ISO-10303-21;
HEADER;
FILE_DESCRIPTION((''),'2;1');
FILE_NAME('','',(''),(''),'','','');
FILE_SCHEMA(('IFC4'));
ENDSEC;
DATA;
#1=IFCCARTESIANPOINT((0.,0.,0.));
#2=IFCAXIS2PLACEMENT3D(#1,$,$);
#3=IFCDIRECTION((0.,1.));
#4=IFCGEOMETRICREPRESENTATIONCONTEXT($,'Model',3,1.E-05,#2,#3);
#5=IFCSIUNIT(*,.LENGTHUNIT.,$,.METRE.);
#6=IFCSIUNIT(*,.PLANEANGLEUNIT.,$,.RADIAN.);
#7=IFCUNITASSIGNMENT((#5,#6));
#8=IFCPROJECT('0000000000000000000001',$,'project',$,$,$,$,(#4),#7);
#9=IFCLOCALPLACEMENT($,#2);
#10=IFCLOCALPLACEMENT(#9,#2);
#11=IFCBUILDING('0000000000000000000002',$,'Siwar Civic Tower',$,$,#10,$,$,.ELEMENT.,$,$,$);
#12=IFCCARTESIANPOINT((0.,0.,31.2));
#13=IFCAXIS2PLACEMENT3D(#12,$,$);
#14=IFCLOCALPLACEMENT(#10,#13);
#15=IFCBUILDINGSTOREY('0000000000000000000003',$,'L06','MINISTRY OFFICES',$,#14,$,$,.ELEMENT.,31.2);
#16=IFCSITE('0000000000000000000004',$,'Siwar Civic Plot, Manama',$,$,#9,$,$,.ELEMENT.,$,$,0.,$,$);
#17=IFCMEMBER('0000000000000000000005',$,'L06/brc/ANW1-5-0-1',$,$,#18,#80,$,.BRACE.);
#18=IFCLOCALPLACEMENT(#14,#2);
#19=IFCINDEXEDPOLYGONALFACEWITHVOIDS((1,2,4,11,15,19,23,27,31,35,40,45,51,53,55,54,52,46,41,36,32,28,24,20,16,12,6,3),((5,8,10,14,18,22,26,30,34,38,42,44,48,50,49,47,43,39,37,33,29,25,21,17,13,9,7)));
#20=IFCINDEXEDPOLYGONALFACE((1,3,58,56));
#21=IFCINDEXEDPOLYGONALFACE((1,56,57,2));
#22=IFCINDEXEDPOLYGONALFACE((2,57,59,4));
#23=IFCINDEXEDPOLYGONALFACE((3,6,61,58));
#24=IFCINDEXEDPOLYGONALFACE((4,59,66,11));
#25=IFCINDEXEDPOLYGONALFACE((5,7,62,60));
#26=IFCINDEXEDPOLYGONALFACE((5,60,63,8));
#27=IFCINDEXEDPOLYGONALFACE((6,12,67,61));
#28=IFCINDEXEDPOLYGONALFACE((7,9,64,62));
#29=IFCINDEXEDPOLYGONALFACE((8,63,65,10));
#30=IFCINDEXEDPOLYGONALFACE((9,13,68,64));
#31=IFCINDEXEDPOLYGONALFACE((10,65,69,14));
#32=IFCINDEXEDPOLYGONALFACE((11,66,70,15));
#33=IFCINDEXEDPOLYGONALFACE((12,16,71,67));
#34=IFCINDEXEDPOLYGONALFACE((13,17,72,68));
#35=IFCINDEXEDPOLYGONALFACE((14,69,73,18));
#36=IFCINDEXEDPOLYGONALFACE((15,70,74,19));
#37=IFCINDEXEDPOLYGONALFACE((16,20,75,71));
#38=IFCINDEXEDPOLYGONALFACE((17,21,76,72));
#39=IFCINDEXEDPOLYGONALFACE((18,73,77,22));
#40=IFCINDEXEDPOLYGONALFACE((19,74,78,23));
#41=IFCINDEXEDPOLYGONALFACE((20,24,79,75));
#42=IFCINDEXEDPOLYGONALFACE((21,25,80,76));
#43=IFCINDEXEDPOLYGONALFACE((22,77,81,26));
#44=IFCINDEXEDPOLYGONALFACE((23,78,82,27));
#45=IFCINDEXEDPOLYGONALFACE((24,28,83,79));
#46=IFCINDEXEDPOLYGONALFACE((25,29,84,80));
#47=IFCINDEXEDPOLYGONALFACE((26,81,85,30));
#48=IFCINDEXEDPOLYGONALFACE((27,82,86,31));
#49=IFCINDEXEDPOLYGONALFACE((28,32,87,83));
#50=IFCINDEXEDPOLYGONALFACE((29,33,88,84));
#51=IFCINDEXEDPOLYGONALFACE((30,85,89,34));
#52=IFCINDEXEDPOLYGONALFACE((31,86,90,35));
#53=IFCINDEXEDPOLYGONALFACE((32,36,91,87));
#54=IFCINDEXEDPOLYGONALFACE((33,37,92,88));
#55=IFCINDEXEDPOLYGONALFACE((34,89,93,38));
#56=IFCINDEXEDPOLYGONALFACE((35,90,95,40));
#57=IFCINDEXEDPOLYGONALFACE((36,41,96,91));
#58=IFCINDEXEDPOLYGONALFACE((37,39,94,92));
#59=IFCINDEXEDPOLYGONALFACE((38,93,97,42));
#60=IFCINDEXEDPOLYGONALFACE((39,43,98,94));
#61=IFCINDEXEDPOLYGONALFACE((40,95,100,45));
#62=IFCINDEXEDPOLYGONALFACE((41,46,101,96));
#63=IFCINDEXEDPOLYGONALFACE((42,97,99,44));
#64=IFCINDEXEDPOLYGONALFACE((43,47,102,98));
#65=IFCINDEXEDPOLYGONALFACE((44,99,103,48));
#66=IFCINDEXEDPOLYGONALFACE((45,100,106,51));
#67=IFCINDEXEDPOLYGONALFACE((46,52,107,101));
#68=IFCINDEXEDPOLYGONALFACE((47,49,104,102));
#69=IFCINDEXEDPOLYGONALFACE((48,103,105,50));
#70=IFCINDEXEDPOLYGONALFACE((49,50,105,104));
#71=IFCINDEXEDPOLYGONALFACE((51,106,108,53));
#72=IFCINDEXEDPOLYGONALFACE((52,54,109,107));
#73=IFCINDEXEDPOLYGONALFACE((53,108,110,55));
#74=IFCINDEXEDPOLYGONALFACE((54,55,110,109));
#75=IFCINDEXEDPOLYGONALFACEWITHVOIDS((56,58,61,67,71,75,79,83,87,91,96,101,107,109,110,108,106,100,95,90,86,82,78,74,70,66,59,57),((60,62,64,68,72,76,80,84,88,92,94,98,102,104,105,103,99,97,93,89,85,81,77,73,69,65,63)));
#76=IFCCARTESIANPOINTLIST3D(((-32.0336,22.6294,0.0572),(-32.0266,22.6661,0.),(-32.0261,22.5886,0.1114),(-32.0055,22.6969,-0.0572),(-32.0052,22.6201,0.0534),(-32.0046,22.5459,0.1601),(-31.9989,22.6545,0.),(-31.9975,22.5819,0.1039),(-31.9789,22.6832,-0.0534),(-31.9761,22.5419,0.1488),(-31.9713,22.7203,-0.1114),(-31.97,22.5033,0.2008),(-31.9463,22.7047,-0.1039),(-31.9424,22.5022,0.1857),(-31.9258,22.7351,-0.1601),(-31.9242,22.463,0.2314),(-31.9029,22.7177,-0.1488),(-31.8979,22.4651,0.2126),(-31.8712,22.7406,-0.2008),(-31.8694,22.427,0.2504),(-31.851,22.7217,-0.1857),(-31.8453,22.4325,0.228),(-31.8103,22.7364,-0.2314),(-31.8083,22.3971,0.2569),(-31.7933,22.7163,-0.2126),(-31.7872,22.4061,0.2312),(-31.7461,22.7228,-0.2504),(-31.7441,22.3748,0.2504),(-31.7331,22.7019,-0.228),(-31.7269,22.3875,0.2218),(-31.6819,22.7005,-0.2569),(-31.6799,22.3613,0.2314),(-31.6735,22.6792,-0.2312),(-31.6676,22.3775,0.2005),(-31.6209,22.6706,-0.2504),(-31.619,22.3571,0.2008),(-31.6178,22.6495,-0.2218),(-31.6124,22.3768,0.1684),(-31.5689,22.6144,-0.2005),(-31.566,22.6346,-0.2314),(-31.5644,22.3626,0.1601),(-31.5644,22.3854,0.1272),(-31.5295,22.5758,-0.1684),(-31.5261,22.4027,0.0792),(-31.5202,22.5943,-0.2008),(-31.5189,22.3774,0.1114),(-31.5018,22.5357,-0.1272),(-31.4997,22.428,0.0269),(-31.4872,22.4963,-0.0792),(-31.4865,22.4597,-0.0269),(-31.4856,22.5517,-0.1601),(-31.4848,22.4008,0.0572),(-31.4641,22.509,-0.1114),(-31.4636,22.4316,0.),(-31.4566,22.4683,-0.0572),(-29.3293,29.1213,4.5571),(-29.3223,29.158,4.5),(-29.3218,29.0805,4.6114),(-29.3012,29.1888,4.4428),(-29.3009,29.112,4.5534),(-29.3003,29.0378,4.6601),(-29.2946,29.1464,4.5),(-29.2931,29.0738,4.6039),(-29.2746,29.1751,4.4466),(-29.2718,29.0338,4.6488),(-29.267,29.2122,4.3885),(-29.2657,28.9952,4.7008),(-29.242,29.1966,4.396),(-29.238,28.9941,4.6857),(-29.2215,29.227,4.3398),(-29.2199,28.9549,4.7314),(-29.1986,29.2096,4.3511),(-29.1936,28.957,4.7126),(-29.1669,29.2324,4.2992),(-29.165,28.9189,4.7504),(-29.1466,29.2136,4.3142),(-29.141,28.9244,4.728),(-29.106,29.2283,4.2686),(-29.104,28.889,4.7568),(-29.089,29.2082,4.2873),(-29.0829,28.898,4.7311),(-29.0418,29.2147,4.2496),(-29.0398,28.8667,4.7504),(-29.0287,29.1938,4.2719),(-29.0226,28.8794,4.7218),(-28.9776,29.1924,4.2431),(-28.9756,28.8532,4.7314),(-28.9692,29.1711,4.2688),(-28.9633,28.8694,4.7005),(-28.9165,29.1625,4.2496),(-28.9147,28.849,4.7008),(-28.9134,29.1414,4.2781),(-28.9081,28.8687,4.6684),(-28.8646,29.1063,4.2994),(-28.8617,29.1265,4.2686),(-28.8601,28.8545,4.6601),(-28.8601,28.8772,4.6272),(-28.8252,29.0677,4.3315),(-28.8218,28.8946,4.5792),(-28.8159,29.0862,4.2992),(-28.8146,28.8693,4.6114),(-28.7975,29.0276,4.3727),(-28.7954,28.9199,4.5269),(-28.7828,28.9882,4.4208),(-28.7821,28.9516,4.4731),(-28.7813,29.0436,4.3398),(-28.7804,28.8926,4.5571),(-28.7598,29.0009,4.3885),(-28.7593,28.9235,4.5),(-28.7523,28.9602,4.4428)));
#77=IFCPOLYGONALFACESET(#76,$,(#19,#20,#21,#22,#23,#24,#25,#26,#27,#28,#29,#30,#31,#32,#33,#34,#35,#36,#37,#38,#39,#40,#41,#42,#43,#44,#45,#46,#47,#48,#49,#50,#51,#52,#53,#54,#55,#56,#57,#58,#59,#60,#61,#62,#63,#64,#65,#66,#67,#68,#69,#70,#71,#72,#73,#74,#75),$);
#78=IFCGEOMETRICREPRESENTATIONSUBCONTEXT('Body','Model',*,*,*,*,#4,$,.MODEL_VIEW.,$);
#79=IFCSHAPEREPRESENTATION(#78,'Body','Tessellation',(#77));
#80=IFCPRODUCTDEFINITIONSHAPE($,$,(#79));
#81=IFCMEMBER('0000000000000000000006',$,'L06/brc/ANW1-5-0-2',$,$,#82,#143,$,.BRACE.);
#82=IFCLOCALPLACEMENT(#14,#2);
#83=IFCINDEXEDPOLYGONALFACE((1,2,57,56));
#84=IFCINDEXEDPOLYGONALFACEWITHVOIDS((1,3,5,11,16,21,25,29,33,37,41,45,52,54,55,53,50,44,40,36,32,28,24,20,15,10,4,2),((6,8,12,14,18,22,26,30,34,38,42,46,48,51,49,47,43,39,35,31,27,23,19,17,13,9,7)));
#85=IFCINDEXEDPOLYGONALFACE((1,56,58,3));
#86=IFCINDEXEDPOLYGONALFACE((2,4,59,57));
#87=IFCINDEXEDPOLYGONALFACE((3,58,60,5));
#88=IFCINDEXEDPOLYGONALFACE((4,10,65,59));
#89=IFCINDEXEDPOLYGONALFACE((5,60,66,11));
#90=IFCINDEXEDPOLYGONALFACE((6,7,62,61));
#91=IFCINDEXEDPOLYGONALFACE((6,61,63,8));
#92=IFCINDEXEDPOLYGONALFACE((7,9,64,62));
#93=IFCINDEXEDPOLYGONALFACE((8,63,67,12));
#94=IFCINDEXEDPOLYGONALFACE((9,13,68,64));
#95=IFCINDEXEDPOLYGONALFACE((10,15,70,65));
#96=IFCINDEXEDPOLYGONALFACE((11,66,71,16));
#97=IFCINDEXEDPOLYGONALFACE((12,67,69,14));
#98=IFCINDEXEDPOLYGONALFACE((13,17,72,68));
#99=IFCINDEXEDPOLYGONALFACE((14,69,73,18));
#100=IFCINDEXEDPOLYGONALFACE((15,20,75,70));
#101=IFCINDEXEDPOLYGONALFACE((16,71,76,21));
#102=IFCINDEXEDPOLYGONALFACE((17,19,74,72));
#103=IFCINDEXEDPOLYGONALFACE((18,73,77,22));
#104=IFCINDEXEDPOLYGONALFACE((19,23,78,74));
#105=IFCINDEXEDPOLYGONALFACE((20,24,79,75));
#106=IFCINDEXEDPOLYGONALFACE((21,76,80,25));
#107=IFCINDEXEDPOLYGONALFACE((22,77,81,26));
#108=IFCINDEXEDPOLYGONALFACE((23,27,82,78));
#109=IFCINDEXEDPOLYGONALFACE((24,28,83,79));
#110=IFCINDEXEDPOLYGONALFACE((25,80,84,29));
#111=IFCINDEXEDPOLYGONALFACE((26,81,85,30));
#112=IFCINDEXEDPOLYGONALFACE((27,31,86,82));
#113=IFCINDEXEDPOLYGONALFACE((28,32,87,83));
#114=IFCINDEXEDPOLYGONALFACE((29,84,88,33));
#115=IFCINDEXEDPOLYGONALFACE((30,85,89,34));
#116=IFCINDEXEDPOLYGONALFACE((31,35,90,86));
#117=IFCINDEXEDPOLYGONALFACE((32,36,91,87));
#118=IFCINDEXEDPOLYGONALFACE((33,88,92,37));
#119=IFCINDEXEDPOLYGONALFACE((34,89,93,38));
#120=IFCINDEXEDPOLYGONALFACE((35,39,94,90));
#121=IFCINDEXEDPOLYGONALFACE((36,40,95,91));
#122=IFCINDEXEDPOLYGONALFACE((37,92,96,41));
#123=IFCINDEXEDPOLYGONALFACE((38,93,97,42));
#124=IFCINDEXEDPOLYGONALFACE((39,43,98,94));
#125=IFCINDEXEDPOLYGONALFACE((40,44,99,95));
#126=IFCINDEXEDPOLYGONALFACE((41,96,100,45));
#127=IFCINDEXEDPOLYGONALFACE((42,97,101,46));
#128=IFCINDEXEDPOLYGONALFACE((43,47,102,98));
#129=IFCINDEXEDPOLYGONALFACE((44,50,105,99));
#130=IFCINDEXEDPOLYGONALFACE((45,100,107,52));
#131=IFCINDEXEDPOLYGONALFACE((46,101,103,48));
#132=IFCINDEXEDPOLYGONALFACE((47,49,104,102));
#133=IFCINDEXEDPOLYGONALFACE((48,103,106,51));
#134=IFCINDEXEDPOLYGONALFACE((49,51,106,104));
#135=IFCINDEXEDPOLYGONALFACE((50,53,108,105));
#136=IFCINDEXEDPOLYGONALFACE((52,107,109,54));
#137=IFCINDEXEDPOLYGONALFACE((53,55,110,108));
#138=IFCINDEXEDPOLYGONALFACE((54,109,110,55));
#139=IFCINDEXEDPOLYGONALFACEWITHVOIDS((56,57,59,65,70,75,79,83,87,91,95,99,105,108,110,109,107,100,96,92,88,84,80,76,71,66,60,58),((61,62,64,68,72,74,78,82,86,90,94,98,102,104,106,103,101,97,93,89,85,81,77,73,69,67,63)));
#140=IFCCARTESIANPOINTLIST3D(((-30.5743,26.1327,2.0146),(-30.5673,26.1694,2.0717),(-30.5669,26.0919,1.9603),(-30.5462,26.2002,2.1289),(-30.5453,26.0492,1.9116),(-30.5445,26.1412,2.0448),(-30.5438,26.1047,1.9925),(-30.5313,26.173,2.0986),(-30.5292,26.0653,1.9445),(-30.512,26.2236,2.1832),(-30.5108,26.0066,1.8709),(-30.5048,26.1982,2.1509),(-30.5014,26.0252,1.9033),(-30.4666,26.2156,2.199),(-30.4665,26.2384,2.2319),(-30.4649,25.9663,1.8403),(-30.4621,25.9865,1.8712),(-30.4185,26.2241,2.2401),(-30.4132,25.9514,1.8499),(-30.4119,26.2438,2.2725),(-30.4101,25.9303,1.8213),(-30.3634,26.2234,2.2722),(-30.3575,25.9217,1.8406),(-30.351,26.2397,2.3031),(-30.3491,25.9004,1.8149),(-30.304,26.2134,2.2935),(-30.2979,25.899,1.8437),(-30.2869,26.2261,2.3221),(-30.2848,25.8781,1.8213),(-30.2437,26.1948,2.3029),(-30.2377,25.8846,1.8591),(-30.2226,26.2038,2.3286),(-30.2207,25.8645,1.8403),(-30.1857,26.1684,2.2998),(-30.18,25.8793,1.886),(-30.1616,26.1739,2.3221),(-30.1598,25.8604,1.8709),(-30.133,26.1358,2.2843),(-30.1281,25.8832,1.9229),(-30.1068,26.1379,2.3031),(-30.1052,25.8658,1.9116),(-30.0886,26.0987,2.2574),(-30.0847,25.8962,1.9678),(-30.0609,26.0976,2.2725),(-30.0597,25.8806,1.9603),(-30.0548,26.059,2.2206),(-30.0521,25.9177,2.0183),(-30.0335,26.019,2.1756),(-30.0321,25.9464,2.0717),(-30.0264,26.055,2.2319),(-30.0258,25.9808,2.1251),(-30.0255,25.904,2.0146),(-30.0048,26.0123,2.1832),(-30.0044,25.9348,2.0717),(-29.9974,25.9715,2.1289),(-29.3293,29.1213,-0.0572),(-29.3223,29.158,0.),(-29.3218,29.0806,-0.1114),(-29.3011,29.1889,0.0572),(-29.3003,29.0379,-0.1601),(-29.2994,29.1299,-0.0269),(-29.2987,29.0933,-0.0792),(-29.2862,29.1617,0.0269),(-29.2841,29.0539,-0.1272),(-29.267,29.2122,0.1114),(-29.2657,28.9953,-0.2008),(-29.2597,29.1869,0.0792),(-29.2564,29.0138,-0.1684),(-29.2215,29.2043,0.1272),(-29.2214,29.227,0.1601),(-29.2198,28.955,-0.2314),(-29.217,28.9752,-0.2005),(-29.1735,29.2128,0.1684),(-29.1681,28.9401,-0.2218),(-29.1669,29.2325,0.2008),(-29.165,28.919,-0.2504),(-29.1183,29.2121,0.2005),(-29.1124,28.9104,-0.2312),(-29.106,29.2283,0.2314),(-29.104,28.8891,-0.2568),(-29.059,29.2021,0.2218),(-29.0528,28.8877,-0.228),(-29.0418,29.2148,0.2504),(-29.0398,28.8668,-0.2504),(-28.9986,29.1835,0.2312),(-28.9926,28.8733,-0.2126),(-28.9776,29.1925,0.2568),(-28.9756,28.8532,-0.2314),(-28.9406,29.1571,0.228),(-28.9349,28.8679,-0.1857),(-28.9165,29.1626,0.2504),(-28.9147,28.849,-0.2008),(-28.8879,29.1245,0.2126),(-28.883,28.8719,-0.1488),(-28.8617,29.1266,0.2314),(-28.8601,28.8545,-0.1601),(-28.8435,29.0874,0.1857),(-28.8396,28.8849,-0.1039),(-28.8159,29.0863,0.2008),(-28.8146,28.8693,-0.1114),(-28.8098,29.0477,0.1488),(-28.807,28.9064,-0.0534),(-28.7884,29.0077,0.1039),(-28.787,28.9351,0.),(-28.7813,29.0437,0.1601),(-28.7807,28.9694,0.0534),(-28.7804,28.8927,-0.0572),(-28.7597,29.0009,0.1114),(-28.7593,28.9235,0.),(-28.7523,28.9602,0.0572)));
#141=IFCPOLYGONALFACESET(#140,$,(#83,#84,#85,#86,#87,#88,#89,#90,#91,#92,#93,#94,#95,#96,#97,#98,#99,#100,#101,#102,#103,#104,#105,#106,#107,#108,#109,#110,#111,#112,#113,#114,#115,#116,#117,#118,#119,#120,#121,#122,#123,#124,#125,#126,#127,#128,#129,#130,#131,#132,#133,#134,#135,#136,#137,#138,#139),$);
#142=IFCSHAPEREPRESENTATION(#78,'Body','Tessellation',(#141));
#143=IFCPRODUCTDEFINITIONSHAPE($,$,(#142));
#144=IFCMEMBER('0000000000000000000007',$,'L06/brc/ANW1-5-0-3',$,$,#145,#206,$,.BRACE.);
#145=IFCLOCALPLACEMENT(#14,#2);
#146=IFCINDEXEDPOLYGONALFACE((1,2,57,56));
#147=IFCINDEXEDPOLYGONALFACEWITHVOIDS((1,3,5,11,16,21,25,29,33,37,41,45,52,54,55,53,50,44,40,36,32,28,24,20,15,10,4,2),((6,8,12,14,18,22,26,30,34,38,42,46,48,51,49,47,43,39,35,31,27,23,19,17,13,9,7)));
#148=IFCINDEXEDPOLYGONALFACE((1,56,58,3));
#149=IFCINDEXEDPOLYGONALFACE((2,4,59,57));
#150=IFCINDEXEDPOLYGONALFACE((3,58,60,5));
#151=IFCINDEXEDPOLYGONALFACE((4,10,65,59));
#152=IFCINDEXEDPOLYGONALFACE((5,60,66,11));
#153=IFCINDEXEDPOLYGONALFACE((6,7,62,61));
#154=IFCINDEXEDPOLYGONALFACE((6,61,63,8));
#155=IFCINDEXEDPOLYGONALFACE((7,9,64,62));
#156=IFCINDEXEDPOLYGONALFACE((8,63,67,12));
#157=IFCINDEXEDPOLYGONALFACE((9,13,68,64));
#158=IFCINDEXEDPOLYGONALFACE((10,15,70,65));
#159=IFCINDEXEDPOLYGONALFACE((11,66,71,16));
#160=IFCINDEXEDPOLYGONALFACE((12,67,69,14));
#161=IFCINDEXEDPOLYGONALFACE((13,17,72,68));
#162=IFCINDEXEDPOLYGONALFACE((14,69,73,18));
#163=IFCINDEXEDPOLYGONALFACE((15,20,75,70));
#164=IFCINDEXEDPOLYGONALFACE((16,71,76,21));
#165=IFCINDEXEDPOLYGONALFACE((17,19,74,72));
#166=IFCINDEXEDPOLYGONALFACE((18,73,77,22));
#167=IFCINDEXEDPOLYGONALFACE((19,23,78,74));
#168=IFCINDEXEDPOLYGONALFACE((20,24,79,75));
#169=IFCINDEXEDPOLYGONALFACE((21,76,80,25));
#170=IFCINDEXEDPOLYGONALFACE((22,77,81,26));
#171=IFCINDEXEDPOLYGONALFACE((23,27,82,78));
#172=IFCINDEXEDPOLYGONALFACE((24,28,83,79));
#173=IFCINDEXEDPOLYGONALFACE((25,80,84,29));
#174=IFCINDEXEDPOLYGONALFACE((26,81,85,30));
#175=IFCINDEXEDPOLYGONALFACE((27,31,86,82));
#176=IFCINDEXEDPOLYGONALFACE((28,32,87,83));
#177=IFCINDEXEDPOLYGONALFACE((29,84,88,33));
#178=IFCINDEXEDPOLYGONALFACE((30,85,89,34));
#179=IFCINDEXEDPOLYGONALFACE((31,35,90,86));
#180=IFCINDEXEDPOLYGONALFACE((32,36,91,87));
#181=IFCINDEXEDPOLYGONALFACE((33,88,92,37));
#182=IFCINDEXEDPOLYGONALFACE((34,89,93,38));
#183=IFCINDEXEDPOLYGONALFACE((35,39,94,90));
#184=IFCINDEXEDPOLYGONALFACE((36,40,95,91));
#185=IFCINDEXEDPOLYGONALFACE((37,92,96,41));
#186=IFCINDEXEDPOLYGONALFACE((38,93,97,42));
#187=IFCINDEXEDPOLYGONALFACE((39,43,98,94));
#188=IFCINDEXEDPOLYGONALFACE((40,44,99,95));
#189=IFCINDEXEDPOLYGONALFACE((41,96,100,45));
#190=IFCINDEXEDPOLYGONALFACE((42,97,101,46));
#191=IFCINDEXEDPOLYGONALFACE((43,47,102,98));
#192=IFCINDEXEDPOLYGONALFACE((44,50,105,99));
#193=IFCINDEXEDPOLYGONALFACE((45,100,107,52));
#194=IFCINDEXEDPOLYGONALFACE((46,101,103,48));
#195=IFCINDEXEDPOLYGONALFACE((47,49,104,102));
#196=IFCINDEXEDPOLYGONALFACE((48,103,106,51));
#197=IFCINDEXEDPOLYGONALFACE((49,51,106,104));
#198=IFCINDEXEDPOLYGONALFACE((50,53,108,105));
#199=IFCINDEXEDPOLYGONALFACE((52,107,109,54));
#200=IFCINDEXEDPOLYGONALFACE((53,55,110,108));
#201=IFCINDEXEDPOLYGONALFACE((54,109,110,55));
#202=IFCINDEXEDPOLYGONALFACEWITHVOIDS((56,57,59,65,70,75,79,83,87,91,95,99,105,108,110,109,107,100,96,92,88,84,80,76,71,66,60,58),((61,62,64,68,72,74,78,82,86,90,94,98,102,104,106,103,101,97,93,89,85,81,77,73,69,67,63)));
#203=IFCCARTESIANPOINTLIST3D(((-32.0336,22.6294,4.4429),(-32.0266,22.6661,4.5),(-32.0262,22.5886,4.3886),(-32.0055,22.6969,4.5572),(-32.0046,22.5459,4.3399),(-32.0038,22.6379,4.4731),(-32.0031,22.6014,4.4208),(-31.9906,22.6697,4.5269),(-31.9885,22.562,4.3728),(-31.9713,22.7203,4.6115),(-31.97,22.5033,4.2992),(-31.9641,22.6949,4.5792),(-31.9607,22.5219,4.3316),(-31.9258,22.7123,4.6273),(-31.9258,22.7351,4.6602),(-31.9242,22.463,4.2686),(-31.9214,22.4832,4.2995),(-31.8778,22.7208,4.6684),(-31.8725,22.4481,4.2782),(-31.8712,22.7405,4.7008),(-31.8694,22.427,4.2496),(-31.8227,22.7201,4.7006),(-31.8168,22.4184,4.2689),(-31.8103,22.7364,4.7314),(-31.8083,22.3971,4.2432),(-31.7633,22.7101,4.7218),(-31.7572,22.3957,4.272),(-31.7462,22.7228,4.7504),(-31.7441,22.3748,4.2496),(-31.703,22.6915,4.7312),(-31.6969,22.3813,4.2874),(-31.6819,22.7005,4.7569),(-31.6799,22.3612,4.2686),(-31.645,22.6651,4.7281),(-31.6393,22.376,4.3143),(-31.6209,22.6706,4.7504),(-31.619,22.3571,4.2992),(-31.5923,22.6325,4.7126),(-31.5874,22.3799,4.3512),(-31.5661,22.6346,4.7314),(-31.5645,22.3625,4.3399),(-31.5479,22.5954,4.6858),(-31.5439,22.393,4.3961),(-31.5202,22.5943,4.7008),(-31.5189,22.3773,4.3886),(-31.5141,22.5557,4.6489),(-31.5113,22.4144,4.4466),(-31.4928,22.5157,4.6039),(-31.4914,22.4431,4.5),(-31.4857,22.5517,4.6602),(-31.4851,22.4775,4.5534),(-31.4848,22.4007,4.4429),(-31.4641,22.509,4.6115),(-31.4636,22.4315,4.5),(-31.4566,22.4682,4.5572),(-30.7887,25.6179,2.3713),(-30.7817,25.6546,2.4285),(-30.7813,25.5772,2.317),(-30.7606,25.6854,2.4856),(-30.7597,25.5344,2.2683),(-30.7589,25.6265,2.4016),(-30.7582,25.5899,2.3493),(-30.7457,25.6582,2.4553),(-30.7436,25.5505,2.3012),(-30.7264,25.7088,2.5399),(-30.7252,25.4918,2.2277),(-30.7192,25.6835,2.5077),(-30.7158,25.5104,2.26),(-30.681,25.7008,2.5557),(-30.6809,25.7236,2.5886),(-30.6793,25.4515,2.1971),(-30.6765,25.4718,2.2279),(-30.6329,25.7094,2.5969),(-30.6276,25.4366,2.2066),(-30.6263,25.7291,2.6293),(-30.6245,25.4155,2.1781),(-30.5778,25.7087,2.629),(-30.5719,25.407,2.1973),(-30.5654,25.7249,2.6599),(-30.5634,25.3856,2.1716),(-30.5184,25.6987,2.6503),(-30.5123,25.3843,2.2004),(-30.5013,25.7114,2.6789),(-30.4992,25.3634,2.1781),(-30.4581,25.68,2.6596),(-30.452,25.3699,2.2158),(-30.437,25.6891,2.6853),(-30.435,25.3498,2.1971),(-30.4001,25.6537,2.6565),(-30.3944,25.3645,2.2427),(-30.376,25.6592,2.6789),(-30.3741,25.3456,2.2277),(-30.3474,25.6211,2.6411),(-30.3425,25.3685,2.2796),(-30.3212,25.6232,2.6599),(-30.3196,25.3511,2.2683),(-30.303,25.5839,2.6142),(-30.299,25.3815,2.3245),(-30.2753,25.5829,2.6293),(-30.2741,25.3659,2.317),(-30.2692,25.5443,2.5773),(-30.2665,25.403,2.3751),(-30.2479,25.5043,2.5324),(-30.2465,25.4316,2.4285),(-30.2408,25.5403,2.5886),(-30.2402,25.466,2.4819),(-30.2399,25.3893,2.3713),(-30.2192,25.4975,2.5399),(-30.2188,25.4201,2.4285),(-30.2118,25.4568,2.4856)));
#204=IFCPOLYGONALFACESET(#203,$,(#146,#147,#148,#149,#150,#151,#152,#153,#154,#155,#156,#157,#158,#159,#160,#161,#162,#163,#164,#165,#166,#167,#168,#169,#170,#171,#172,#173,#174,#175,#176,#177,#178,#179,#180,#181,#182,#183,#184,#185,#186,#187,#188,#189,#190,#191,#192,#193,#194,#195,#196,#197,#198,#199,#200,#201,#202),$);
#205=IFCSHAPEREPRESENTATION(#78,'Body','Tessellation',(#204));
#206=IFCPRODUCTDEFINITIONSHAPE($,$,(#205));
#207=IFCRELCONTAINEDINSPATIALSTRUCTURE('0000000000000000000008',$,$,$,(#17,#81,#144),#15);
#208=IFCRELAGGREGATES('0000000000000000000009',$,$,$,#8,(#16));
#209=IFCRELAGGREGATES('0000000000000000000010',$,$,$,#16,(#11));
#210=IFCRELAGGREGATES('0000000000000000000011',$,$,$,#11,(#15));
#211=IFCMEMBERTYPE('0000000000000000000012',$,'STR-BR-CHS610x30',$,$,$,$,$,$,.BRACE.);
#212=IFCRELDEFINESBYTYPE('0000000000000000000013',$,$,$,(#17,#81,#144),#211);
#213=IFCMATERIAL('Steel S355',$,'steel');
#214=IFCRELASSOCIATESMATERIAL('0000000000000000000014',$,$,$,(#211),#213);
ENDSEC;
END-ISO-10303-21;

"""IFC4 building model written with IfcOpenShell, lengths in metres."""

from ifc_helpers import new_model, si_unit, direction, frame, origin, origin_2d, place, context, subcontext, project, spatial, hollow_circle, extrude, material, material_profile, profile_set, type_object, element, save


model = new_model("IFC4")

# Units and contexts
model_context = context("Model", 3, precision=1e-05, world=origin(), true_north=direction((0.0, 1.0)))
body_context = subcontext(model_context, "Body", "Model", "MODEL_VIEW")
ifc_project = project(units=[si_unit("LENGTHUNIT", "METRE"), si_unit("PLANEANGLEUNIT", "RADIAN")], contexts=[model_context])

# Site, building, storey
site_placement = place(None, origin())
site = spatial("IfcSite", under=ifc_project, at=site_placement, Name="Siwar Civic Plot, Manama", CompositionType="ELEMENT", RefElevation=0.0)
building_placement = place(site_placement, origin())
building = spatial("IfcBuilding", under=site, at=building_placement, Name="Siwar Civic Tower", CompositionType="ELEMENT")
storey_placement = place(building_placement, frame((0.0, 0.0, 31.2)))
storey = spatial("IfcBuildingStorey", under=building, at=storey_placement, Name="L06", Description="MINISTRY OFFICES", CompositionType="ELEMENT", Elevation=31.2)

# Members
ifc_material_1 = material(Name="Steel S355", Category="steel")
ifc_material_profile_1 = material_profile(ifc_material_1, hollow_circle(Radius=0.3049, WallThickness=0.03, at=origin_2d()), Name="CHS610x30")
ifc_profile_set_1 = profile_set([ifc_material_profile_1], Name="Steel S355")
member_type_1 = type_object("IfcMemberType", Name="STR-BR-CHS610x30", PredefinedType="BRACE", material=ifc_profile_set_1)
member_1_placement = place(storey_placement, frame((-31.7451, 22.5488, 0.0), z_axis=(0.323906, 0.777555, 0.538975), x_axis=(-0.923109, 0.384539, 0.0)))
element("IfcMember", 1, at=member_1_placement, inside=storey, type_object=member_type_1, Name="L06/brc/ANW1-5-0-1", PredefinedType="BRACE", context=body_context, shape_type="SweptSolid", body=[
    extrude(hollow_circle(Radius=0.3049, WallThickness=0.03, at=origin_2d()), origin(), (0.0, 0.0, 1.0), 8.3491),
])
member_2_placement = place(storey_placement, frame((-29.0408, 29.0408, 0.0), z_axis=(-0.323923, -0.777542, 0.538982), x_axis=(0.923099, -0.384562, 0.0)))
element("IfcMember", 2, at=member_2_placement, inside=storey, type_object=member_type_1, Name="L06/brc/ANW1-5-0-2", PredefinedType="BRACE", context=body_context, shape_type="SweptSolid", body=[
    extrude(hollow_circle(Radius=0.3049, WallThickness=0.03, at=origin_2d()), origin(), (0.0, 0.0, 1.0), 3.8438),
])
member_3_placement = place(storey_placement, frame((-30.5002, 25.5374, 2.4285), z_axis=(-0.323893, -0.77756, 0.538975), x_axis=(0.923115, -0.384524, 0.0)))
element("IfcMember", 3, at=member_3_placement, inside=storey, type_object=member_type_1, Name="L06/brc/ANW1-5-0-3", PredefinedType="BRACE", context=body_context, shape_type="SweptSolid", body=[
    extrude(hollow_circle(Radius=0.3049, WallThickness=0.03, at=origin_2d()), origin(), (0.0, 0.0, 1.0), 3.8435),
])

save(model, "model.ifc")
